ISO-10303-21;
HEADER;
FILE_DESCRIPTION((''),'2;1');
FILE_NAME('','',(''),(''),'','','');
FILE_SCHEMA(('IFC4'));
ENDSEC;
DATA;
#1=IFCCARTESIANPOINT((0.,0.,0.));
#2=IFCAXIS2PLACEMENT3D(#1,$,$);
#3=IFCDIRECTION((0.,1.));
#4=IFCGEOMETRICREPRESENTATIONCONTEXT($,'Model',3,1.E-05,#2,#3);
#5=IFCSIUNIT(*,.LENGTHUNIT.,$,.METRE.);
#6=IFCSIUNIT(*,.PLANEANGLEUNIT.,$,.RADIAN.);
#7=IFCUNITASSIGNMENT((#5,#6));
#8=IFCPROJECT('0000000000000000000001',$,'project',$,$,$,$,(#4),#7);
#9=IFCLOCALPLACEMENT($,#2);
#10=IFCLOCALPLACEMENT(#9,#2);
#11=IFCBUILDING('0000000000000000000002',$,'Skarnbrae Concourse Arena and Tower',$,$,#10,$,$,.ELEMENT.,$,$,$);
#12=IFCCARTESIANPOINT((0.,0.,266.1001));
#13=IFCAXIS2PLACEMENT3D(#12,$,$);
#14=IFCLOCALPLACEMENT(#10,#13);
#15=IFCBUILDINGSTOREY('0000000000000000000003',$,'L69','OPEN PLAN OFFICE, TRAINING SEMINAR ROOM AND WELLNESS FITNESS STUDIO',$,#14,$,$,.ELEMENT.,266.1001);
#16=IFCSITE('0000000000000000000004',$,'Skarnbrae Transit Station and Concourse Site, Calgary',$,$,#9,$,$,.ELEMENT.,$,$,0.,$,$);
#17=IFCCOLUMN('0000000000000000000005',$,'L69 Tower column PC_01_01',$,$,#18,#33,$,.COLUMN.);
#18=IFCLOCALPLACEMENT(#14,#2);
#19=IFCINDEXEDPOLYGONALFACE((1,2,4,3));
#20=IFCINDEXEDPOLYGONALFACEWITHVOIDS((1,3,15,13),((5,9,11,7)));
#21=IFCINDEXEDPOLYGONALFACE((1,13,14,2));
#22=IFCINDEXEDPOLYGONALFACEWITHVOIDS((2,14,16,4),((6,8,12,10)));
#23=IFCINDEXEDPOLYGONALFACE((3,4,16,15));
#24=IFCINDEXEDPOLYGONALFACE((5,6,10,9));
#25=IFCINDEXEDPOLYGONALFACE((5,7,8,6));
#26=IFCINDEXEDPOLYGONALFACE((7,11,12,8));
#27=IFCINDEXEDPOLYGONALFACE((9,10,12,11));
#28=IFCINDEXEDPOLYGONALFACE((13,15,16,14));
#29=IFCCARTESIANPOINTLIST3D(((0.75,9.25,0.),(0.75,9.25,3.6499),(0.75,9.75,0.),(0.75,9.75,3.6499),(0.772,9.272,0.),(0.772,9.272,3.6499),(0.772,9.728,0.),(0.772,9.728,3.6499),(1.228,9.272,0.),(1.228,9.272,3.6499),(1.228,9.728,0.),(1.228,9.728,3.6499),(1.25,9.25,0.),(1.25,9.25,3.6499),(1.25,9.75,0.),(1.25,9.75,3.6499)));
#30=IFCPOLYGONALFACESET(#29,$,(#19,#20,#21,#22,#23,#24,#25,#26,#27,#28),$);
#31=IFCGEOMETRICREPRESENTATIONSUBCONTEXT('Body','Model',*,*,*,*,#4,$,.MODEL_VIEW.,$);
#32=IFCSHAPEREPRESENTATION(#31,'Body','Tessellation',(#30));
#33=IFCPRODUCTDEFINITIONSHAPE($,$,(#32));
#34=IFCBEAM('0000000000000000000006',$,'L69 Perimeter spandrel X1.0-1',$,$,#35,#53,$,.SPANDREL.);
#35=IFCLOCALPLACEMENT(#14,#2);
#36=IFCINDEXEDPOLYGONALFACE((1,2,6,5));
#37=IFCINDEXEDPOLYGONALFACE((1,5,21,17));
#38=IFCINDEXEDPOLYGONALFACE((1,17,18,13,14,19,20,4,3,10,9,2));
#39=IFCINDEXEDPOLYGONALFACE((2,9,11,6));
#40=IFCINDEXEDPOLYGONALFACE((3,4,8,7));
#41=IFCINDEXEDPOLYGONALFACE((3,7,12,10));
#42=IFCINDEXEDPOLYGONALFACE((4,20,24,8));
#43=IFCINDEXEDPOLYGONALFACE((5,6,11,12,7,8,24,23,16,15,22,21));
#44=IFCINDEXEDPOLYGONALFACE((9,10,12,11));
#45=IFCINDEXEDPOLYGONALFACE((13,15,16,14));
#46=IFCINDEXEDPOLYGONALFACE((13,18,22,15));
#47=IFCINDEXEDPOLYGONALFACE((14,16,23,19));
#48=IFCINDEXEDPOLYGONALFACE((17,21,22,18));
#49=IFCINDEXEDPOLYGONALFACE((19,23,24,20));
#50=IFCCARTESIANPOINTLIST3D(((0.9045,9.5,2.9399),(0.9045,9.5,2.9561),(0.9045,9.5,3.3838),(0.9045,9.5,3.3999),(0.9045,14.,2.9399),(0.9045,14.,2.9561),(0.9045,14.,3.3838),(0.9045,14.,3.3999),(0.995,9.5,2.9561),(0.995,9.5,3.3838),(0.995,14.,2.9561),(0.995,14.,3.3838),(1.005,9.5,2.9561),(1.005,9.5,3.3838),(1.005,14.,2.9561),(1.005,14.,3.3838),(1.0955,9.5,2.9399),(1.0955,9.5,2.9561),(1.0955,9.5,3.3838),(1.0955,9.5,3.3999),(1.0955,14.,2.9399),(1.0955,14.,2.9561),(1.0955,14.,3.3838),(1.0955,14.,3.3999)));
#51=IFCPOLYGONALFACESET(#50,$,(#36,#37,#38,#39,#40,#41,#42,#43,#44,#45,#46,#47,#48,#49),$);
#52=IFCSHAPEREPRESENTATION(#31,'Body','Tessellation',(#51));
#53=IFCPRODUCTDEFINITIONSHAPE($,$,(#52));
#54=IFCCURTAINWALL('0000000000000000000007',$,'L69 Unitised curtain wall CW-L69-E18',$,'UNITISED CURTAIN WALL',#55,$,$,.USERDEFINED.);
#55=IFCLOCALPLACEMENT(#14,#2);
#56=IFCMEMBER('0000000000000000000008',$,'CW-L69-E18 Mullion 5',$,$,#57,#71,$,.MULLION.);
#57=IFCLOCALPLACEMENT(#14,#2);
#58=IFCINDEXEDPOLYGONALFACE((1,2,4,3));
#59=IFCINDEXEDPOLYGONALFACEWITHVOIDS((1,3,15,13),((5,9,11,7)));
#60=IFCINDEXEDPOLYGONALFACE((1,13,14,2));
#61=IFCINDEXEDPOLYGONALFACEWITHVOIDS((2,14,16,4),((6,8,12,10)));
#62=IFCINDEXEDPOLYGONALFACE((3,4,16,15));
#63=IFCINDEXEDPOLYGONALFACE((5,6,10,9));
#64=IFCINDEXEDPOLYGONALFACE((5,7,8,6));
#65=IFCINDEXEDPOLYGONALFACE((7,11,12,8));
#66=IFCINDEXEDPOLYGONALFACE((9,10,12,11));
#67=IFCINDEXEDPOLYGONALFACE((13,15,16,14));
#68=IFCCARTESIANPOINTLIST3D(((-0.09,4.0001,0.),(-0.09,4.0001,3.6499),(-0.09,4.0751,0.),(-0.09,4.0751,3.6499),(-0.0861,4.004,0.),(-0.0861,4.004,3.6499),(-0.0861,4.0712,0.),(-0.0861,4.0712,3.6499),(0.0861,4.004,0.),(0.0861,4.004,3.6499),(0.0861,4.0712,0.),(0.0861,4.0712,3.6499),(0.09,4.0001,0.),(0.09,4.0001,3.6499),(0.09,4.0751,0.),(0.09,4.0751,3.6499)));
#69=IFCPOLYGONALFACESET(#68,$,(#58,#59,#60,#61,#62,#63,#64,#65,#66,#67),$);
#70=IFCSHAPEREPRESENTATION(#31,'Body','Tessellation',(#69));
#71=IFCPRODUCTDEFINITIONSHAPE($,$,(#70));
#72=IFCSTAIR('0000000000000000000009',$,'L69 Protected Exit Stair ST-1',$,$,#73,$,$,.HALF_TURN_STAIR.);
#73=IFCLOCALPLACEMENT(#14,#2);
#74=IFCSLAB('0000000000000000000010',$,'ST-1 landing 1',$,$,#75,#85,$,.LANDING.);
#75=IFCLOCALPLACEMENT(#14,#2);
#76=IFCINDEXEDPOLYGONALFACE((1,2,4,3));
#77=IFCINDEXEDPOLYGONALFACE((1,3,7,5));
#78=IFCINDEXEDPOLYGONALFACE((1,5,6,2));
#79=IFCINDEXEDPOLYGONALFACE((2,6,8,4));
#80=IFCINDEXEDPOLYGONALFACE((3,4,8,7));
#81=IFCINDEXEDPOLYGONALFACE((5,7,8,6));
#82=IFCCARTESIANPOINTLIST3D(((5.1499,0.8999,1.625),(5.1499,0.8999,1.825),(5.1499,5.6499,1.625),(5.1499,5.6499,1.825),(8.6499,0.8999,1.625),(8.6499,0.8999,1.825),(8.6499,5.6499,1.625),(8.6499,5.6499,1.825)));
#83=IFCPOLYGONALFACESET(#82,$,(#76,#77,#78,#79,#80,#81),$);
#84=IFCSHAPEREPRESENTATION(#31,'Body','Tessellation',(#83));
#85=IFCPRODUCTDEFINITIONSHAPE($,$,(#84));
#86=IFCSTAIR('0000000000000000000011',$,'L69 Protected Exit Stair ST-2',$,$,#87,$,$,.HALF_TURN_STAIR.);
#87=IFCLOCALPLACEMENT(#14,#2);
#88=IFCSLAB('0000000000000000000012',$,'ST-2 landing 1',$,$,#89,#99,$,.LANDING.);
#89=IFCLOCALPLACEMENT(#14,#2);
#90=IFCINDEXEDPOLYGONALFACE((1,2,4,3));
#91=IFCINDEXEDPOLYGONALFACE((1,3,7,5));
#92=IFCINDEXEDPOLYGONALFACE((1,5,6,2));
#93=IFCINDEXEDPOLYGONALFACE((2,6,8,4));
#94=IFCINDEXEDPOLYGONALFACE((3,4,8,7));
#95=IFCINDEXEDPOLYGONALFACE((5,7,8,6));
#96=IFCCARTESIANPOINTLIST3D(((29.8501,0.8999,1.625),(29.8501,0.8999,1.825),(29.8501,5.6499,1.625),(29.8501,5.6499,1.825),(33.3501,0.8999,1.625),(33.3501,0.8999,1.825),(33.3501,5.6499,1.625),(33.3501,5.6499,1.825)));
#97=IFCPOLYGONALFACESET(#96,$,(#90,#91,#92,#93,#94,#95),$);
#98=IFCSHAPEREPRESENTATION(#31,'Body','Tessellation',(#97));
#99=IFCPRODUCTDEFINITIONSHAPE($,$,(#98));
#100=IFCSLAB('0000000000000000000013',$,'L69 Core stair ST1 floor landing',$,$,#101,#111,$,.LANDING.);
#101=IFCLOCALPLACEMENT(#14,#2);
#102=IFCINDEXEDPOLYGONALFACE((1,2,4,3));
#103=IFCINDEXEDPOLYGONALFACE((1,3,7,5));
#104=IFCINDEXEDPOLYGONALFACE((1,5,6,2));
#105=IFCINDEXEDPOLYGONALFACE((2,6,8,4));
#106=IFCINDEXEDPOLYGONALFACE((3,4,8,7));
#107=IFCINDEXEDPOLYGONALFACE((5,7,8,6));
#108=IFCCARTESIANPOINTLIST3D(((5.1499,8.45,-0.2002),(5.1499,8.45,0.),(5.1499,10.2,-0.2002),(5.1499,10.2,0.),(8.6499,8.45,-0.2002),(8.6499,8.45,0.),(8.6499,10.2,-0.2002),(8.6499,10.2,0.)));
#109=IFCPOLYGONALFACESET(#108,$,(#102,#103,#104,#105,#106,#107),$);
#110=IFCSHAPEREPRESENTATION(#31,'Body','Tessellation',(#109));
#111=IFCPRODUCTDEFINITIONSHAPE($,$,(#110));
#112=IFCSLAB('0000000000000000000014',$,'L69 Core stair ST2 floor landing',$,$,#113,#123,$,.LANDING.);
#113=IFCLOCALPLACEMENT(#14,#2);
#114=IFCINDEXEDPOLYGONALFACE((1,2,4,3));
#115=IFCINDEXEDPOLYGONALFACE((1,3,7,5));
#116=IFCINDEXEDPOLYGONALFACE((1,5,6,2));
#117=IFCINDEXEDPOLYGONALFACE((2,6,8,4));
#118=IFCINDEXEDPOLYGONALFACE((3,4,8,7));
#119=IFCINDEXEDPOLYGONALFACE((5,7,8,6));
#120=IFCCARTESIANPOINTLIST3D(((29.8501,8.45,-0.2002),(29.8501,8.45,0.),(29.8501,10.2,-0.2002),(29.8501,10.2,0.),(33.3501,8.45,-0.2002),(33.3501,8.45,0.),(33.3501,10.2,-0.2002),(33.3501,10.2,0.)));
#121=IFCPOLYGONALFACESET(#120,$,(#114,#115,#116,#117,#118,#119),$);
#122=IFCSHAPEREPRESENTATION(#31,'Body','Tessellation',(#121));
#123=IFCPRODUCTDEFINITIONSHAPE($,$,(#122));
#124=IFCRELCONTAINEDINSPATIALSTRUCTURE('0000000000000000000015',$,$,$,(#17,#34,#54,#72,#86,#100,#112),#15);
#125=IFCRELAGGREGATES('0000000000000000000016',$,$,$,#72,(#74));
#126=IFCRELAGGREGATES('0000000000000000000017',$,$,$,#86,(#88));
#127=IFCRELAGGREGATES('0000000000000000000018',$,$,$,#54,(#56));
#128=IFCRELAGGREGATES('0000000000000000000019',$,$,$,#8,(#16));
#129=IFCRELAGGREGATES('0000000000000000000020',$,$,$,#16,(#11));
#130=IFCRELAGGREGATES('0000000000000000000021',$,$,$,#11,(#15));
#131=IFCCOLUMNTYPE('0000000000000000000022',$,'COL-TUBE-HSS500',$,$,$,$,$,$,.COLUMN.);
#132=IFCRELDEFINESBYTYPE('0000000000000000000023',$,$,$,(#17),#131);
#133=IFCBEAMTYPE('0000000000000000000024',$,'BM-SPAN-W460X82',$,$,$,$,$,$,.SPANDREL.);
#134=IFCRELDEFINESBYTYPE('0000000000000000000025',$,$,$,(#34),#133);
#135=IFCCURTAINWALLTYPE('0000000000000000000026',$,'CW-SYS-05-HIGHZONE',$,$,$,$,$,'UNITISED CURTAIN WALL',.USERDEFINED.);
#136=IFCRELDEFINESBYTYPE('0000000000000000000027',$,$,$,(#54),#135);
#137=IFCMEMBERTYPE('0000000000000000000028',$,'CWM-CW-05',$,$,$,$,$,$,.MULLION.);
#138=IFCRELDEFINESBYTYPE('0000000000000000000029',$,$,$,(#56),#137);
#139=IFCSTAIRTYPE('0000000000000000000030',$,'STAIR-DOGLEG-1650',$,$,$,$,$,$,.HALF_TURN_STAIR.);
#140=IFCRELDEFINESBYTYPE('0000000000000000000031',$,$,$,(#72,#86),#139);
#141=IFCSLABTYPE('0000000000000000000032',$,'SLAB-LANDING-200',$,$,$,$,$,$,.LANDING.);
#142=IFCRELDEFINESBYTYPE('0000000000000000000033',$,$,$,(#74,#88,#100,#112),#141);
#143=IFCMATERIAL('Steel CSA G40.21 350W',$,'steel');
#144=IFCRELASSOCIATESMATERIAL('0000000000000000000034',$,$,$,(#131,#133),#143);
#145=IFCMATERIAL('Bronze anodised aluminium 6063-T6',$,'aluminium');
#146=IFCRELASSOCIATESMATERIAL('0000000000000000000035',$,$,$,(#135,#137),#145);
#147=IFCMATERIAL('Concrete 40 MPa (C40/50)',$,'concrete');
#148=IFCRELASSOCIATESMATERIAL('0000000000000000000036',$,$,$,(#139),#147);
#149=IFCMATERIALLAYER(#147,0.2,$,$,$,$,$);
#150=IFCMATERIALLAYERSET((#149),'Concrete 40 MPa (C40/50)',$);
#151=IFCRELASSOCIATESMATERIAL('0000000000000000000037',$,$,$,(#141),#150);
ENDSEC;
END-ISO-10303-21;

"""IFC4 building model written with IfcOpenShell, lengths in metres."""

from ifc_helpers import new_model, si_unit, direction, frame, origin, origin_2d, place, context, subcontext, project, spatial, polyline, hollow_rectangle, i_section, outline, extrude, source, transform, mapped, material, layer, layer_set, material_profile, profile_set, type_object, element, aggregate, save


model = new_model("IFC4")

# Units and contexts
model_context = context("Model", 3, precision=1e-05, world=origin(), true_north=direction((0.0, 1.0)))
body_context = subcontext(model_context, "Body", "Model", "MODEL_VIEW")
ifc_project = project(units=[si_unit("LENGTHUNIT", "METRE"), si_unit("PLANEANGLEUNIT", "RADIAN")], contexts=[model_context])

# Site, building, storey
site_placement = place(None, origin())
site = spatial("IfcSite", under=ifc_project, at=site_placement, Name="Skarnbrae Transit Station and Concourse Site, Calgary", CompositionType="ELEMENT", RefElevation=0.0)
building_placement = place(site_placement, origin())
building = spatial("IfcBuilding", under=site, at=building_placement, Name="Skarnbrae Concourse Arena and Tower", CompositionType="ELEMENT")
storey_placement = place(building_placement, frame((0.0, 0.0, 266.1001)))
storey = spatial("IfcBuildingStorey", under=building, at=storey_placement, Name="L69", Description="OPEN PLAN OFFICE, TRAINING SEMINAR ROOM AND WELLNESS FITNESS STUDIO", CompositionType="ELEMENT", Elevation=266.1001)

# Column
ifc_material_1 = material(Name="Steel CSA G40.21 350W", Category="steel")
ifc_material_profile_1 = material_profile(ifc_material_1, hollow_rectangle(XDim=0.5, YDim=0.5, WallThickness=0.022, at=origin_2d()), Name="HSS500X500X22.0")
ifc_profile_set_1 = profile_set([ifc_material_profile_1], Name="Steel CSA G40.21 350W")
column_type = type_object("IfcColumnType", Name="COL-TUBE-HSS500", PredefinedType="COLUMN", material=ifc_profile_set_1)
shared_shape_1 = source(origin(), body_context, "Body", "SweptSolid", [
    extrude(hollow_rectangle(XDim=0.5, YDim=0.5, WallThickness=0.022, at=origin_2d()), origin(), (0.0, 0.0, 1.0), 3.6499),
])
column_placement = place(storey_placement, frame((1.0, 9.5, 0.0), z_axis=(0.0, 0.0, 1.0), x_axis=(1.0, 0.0, 0.0)))
element("IfcColumn", 1, at=column_placement, inside=storey, type_object=column_type, Name="L69 Tower column PC_01_01", PredefinedType="COLUMN", context=body_context, shape_type="MappedRepresentation", body=[
    mapped(shared_shape_1, transform((0.0, 0.0, 0.0))),
])

# Beam
ifc_material_profile_2 = material_profile(ifc_material_1, i_section(OverallWidth=0.1909, OverallDepth=0.46, WebThickness=0.01, FlangeThickness=0.0161, at=origin_2d()), Name="W460X82")
ifc_profile_set_2 = profile_set([ifc_material_profile_2], Name="Steel CSA G40.21 350W")
beam_type = type_object("IfcBeamType", Name="BM-SPAN-W460X82", PredefinedType="SPANDREL", material=ifc_profile_set_2)
shared_shape_2 = source(origin(), body_context, "Body", "SweptSolid", [
    extrude(i_section(OverallWidth=0.1909, OverallDepth=0.46, WebThickness=0.01, FlangeThickness=0.0161, at=origin_2d()), origin(), (0.0, 0.0, 1.0), 4.5),
])
beam_placement = place(storey_placement, frame((1.0, 9.5, 3.1699), z_axis=(0.0, 1.0, 0.0), x_axis=(-1.0, 0.0, 0.0)))
element("IfcBeam", 2, at=beam_placement, inside=storey, type_object=beam_type, Name="L69 Perimeter spandrel X1.0-1", PredefinedType="SPANDREL", context=body_context, shape_type="MappedRepresentation", body=[
    mapped(shared_shape_2, transform((0.0, 0.0, 0.0))),
])

# Curtain wall, member
ifc_material_2 = material(Name="Bronze anodised aluminium 6063-T6", Category="aluminium")
curtain_wall_type = type_object("IfcCurtainWallType", Name="CW-SYS-05-HIGHZONE", ElementType="UNITISED CURTAIN WALL", PredefinedType="USERDEFINED", material=ifc_material_2)
curtain_wall_placement = place(storey_placement, origin())
curtain_wall = element("IfcCurtainWall", 3, at=curtain_wall_placement, inside=storey, type_object=curtain_wall_type, Name="L69 Unitised curtain wall CW-L69-E18", ObjectType="UNITISED CURTAIN WALL", PredefinedType="USERDEFINED")
ifc_material_profile_3 = material_profile(ifc_material_2, hollow_rectangle(XDim=0.075, YDim=0.1799, WallThickness=0.0039, at=origin_2d()), Name="ALU-MULL-75X180")
ifc_profile_set_3 = profile_set([ifc_material_profile_3], Name="Bronze anodised aluminium 6063-T6")
member_type = type_object("IfcMemberType", Name="CWM-CW-05", PredefinedType="MULLION", material=ifc_profile_set_3)
shared_shape_3 = source(origin(), body_context, "Body", "SweptSolid", [
    extrude(hollow_rectangle(XDim=0.075, YDim=0.1799, WallThickness=0.0039, at=origin_2d()), origin(), (0.0, 0.0, 1.0), 3.6499),
])
member_placement = place(storey_placement, frame((0.0, 4.0376, 0.0), z_axis=(0.0, 0.0, 1.0), x_axis=(0.0, -1.0, 0.0)))
member = element("IfcMember", 4, at=member_placement, type_object=member_type, Name="CW-L69-E18 Mullion 5", PredefinedType="MULLION", context=body_context, shape_type="MappedRepresentation", body=[
    mapped(shared_shape_3, transform((0.0, 0.0, 0.0))),
])

# Stairs, slabs
ifc_material_3 = material(Name="Concrete 40 MPa (C40/50)", Category="concrete")
stair_type = type_object("IfcStairType", Name="STAIR-DOGLEG-1650", PredefinedType="HALF_TURN_STAIR", material=ifc_material_3)
stair_1_placement = place(storey_placement, origin())
stair_1 = element("IfcStair", 5, at=stair_1_placement, inside=storey, type_object=stair_type, Name="L69 Protected Exit Stair ST-1", PredefinedType="HALF_TURN_STAIR")
ifc_layer_1 = layer(ifc_material_3, 0.2)
ifc_layer_set_1 = layer_set([ifc_layer_1], Name="Concrete 40 MPa (C40/50)")
slab_type_1 = type_object("IfcSlabType", Name="SLAB-LANDING-200", PredefinedType="LANDING", material=ifc_layer_set_1)
slab_1_placement = place(storey_placement, frame((0.0, 0.0, 1.625)))
slab_1 = element("IfcSlab", 6, at=slab_1_placement, type_object=slab_type_1, Name="ST-1 landing 1", PredefinedType="LANDING", context=body_context, shape_type="SweptSolid", body=[
    extrude(outline(polyline([(5.1499, 5.6499), (5.1499, 0.8999), (8.6499, 0.8999), (8.6499, 5.6499), (5.1499, 5.6499)])), origin(), (0.0, 0.0, 1.0), 0.2),
])
aggregate(stair_1, [slab_1])
stair_2_placement = place(storey_placement, origin())
stair_2 = element("IfcStair", 7, at=stair_2_placement, inside=storey, type_object=stair_type, Name="L69 Protected Exit Stair ST-2", PredefinedType="HALF_TURN_STAIR")
slab_2_placement = place(storey_placement, frame((0.0, 0.0, 1.625)))
slab_2 = element("IfcSlab", 8, at=slab_2_placement, type_object=slab_type_1, Name="ST-2 landing 1", PredefinedType="LANDING", context=body_context, shape_type="SweptSolid", body=[
    extrude(outline(polyline([(29.8501, 5.6499), (29.8501, 0.8999), (33.3501, 0.8999), (33.3501, 5.6499), (29.8501, 5.6499)])), origin(), (0.0, 0.0, 1.0), 0.2),
])
aggregate(stair_2, [slab_2])

# Slabs
slab_3_placement = place(storey_placement, frame((0.0, 0.0, -0.2002)))
element("IfcSlab", 9, at=slab_3_placement, inside=storey, type_object=slab_type_1, Name="L69 Core stair ST1 floor landing", PredefinedType="LANDING", context=body_context, shape_type="SweptSolid", body=[
    extrude(outline(polyline([(5.1499, 10.2), (5.1499, 8.45), (8.6499, 8.45), (8.6499, 10.2), (5.1499, 10.2)])), origin(), (0.0, 0.0, 1.0), 0.2002),
])
slab_4_placement = place(storey_placement, frame((0.0, 0.0, -0.2002)))
element("IfcSlab", 10, at=slab_4_placement, inside=storey, type_object=slab_type_1, Name="L69 Core stair ST2 floor landing", PredefinedType="LANDING", context=body_context, shape_type="SweptSolid", body=[
    extrude(outline(polyline([(29.8501, 10.2), (29.8501, 8.45), (33.3501, 8.45), (33.3501, 10.2), (29.8501, 10.2)])), origin(), (0.0, 0.0, 1.0), 0.2002),
])

aggregate(curtain_wall, [member])

save(model, "model.ifc")
